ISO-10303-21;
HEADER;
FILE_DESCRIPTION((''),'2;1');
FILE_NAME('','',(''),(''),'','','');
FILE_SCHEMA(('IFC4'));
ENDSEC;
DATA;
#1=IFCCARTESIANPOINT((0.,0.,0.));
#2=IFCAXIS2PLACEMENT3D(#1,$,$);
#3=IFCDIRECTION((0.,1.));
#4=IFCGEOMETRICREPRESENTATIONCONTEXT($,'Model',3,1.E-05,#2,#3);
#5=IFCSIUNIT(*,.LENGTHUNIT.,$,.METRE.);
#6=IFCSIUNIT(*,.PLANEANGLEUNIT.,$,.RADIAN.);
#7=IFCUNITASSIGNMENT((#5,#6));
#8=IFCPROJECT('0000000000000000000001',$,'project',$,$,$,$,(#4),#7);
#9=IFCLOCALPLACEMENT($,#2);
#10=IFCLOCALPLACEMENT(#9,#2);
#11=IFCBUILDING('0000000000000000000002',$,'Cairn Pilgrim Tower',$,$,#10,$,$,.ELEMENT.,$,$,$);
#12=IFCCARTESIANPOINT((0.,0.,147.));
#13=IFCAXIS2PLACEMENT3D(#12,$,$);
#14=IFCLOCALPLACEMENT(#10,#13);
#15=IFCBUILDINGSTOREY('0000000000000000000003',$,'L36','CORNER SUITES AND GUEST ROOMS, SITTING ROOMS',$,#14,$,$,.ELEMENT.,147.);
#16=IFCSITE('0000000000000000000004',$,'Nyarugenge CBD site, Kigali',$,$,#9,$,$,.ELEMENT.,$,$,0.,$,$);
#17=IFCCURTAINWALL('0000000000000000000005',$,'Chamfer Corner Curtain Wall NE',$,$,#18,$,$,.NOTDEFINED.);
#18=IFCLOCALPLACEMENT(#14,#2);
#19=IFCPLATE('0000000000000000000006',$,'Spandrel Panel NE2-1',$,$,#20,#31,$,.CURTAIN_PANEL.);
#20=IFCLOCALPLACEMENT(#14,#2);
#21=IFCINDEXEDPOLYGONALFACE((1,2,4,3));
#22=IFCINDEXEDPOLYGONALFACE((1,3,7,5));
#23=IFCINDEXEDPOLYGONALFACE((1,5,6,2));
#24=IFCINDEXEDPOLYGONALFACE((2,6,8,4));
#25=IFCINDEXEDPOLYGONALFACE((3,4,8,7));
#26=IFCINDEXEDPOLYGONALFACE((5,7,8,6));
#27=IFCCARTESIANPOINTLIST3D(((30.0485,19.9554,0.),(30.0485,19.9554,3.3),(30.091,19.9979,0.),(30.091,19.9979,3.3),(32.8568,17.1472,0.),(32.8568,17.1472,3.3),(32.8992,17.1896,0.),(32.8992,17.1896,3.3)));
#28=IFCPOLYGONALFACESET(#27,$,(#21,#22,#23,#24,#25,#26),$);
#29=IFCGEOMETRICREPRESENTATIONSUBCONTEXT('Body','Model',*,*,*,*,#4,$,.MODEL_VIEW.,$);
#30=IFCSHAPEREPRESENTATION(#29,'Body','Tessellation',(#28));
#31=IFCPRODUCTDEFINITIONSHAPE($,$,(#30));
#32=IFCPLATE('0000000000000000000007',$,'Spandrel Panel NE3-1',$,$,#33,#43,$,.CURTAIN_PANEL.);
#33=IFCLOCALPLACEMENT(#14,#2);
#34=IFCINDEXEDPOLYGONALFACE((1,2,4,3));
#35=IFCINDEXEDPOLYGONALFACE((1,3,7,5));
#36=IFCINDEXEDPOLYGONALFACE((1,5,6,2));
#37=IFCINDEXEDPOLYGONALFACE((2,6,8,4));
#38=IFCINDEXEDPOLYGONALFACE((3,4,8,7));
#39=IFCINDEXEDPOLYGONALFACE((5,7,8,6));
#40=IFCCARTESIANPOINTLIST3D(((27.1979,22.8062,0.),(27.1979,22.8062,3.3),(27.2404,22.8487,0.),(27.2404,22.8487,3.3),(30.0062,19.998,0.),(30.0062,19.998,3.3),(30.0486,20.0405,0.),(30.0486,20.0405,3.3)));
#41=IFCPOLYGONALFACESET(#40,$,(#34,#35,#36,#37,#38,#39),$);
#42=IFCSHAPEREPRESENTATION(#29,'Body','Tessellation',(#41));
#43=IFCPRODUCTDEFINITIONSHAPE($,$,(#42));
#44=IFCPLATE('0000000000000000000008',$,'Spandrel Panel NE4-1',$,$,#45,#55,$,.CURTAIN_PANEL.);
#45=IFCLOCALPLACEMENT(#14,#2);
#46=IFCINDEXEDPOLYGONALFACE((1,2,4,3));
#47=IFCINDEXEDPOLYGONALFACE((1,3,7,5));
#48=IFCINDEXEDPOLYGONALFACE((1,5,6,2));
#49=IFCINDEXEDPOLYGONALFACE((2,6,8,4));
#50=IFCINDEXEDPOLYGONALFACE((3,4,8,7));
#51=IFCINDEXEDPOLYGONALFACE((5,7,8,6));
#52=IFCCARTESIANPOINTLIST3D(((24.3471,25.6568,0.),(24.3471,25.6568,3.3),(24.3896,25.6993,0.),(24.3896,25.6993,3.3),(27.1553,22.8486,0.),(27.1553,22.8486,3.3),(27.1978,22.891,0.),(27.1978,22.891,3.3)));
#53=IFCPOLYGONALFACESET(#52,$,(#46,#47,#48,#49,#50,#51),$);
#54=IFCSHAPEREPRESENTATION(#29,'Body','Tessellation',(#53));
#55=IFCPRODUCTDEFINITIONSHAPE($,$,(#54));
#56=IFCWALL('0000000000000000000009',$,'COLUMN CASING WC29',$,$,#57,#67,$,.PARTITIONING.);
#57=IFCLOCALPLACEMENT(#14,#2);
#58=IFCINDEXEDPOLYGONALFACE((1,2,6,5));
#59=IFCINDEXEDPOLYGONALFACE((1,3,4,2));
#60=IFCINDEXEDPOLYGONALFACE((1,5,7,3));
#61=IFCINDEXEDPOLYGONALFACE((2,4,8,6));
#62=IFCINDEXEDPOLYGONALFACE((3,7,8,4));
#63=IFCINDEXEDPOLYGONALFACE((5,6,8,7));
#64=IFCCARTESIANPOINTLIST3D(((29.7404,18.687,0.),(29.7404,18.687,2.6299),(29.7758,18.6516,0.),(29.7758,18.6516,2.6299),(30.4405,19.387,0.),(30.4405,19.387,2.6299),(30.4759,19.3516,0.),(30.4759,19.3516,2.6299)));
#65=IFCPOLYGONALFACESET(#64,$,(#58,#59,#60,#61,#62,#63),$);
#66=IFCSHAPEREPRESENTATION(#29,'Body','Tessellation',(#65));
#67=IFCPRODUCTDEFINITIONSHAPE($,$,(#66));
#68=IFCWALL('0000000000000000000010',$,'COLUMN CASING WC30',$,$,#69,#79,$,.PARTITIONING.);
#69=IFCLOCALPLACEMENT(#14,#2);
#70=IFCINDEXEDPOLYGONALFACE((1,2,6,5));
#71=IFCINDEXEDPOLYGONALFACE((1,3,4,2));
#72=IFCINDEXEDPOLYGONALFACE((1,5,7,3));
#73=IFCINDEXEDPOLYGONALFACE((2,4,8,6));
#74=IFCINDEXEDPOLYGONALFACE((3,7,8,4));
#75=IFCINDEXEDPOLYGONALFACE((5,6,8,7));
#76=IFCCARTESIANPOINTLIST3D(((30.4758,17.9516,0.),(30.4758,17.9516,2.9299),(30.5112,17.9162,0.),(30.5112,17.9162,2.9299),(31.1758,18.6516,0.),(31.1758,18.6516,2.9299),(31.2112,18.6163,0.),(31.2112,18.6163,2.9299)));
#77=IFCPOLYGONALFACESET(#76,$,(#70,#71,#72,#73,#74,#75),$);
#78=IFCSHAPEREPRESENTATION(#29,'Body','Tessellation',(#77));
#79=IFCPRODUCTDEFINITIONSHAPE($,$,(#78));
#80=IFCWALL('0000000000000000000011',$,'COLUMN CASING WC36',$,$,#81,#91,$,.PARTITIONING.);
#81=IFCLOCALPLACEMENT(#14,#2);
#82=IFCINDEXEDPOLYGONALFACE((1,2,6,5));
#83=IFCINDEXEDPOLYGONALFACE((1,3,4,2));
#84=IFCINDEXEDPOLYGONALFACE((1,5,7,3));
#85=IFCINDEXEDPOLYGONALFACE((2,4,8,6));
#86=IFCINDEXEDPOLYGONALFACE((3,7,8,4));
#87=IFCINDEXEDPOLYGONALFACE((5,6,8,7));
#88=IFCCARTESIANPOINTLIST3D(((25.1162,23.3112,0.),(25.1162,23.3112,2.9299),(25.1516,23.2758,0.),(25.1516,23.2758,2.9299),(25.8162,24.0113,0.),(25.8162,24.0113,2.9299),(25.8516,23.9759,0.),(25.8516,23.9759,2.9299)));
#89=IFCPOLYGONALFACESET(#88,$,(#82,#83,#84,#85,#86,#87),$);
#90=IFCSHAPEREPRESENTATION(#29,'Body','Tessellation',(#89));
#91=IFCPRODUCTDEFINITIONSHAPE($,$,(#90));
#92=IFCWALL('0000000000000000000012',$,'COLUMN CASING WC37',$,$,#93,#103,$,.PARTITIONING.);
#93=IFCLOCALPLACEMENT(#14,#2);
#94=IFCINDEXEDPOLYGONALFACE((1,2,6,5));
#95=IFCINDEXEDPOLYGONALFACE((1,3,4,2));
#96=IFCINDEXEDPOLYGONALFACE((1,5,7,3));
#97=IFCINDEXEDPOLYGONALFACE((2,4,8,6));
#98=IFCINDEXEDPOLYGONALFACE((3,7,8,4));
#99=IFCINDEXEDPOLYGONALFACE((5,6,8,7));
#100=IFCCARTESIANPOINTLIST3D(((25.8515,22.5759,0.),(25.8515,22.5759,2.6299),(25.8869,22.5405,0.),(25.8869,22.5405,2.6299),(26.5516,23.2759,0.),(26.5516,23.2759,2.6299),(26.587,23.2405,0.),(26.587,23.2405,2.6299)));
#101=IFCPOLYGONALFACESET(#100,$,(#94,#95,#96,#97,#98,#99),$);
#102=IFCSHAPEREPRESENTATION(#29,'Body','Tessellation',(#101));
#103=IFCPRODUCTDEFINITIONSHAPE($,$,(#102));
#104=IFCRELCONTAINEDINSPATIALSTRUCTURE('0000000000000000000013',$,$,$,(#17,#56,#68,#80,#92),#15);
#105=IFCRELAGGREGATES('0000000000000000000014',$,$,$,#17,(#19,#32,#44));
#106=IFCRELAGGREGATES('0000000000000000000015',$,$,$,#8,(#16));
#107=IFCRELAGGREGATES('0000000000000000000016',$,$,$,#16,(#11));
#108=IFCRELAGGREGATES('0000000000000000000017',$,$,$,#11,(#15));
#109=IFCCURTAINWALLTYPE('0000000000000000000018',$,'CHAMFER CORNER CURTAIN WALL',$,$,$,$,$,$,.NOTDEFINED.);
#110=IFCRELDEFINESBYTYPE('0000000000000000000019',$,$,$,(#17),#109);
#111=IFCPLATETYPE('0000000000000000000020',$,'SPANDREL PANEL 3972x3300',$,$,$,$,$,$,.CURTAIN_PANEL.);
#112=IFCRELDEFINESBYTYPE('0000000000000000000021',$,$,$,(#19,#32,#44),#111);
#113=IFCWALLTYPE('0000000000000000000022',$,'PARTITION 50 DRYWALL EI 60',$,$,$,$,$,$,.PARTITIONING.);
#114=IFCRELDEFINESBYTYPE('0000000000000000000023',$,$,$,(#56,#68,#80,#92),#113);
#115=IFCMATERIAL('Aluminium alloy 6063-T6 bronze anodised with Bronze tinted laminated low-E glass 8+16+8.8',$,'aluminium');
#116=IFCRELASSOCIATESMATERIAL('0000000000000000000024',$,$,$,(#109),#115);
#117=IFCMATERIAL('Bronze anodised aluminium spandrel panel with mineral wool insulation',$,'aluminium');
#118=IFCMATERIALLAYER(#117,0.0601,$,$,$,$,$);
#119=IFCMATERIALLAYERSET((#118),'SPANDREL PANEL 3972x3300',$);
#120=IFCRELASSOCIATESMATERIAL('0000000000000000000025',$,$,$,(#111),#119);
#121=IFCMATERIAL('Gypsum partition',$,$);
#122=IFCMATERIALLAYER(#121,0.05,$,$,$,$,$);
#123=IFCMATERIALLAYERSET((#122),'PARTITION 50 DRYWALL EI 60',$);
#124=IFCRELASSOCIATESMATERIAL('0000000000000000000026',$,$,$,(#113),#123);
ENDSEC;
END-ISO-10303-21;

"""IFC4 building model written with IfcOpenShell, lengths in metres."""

from ifc_helpers import new_model, si_unit, direction, frame, frame_2d, origin, origin_2d, place, context, subcontext, project, spatial, rectangle, extrude, material, layer, layer_set, type_object, element, aggregate, save


model = new_model("IFC4")

# Units and contexts
model_context = context("Model", 3, precision=1e-05, world=origin(), true_north=direction((0.0, 1.0)))
body_context = subcontext(model_context, "Body", "Model", "MODEL_VIEW")
ifc_project = project(units=[si_unit("LENGTHUNIT", "METRE"), si_unit("PLANEANGLEUNIT", "RADIAN")], contexts=[model_context])

# Site, building, storey
site_placement = place(None, origin())
site = spatial("IfcSite", under=ifc_project, at=site_placement, Name="Nyarugenge CBD site, Kigali", CompositionType="ELEMENT", RefElevation=0.0)
building_placement = place(site_placement, origin())
building = spatial("IfcBuilding", under=site, at=building_placement, Name="Cairn Pilgrim Tower", CompositionType="ELEMENT")
storey_placement = place(building_placement, frame((0.0, 0.0, 147.0)))
storey = spatial("IfcBuildingStorey", under=building, at=storey_placement, Name="L36", Description="CORNER SUITES AND GUEST ROOMS, SITTING ROOMS", CompositionType="ELEMENT", Elevation=147.0)

# Curtain wall
ifc_material_1 = material(Name="Aluminium alloy 6063-T6 bronze anodised with Bronze tinted laminated low-E glass 8+16+8.8", Category="aluminium")
curtain_wall_type_1 = type_object("IfcCurtainWallType", Name="CHAMFER CORNER CURTAIN WALL", PredefinedType="NOTDEFINED", material=ifc_material_1)
curtain_wall_1_placement = place(storey_placement, origin())
curtain_wall_1 = element("IfcCurtainWall", 1, at=curtain_wall_1_placement, inside=storey, type_object=curtain_wall_type_1, Name="Chamfer Corner Curtain Wall NE", PredefinedType="NOTDEFINED")

# Plates
ifc_material_2 = material(Name="Bronze anodised aluminium spandrel panel with mineral wool insulation", Category="aluminium")
ifc_layer_1 = layer(ifc_material_2, 0.0601)
ifc_layer_set_1 = layer_set([ifc_layer_1], Name="SPANDREL PANEL 3972x3300")
plate_type = type_object("IfcPlateType", Name="SPANDREL PANEL 3972x3300", PredefinedType="CURTAIN_PANEL", material=ifc_layer_set_1)
plate_1_placement = place(storey_placement, frame((31.4739, 18.5725, 0.0), z_axis=(0.0, 0.0, 1.0), x_axis=(-0.707107, 0.707107, 0.0)))
plate_1 = element("IfcPlate", 2, at=plate_1_placement, type_object=plate_type, Name="Spandrel Panel NE2-1", PredefinedType="CURTAIN_PANEL", context=body_context, shape_type="SweptSolid", body=[
    extrude(rectangle(XDim=3.9714, YDim=0.0601, at=origin_2d()), origin(), (0.0, 0.0, 1.0), 3.3),
])
plate_2_placement = place(storey_placement, frame((28.6233, 21.4233, 0.0), z_axis=(0.0, 0.0, 1.0), x_axis=(-0.707107, 0.707107, 0.0)))
plate_2 = element("IfcPlate", 3, at=plate_2_placement, type_object=plate_type, Name="Spandrel Panel NE3-1", PredefinedType="CURTAIN_PANEL", context=body_context, shape_type="SweptSolid", body=[
    extrude(rectangle(XDim=3.9714, YDim=0.0601, at=origin_2d()), origin(), (0.0, 0.0, 1.0), 3.3),
])
plate_3_placement = place(storey_placement, frame((25.7725, 24.2739, 0.0), z_axis=(0.0, 0.0, 1.0), x_axis=(-0.707107, 0.707107, 0.0)))
plate_3 = element("IfcPlate", 4, at=plate_3_placement, type_object=plate_type, Name="Spandrel Panel NE4-1", PredefinedType="CURTAIN_PANEL", context=body_context, shape_type="SweptSolid", body=[
    extrude(rectangle(XDim=3.9714, YDim=0.0601, at=origin_2d()), origin(), (0.0, 0.0, 1.0), 3.3),
])
aggregate(curtain_wall_1, [plate_1, plate_2, plate_3])

# Walls
ifc_material_3 = material(Name="Gypsum partition")
ifc_layer_2 = layer(ifc_material_3, 0.05)
ifc_layer_set_2 = layer_set([ifc_layer_2], Name="PARTITION 50 DRYWALL EI 60")
wall_type_1 = type_object("IfcWallType", Name="PARTITION 50 DRYWALL EI 60", PredefinedType="PARTITIONING", material=ifc_layer_set_2)
wall_1_placement = place(storey_placement, frame((29.7581, 18.6692, 0.0), z_axis=(0.0, 0.0, 1.0), x_axis=(0.707107, 0.707107, 0.0)))
element("IfcWall", 5, at=wall_1_placement, inside=storey, type_object=wall_type_1, Name="COLUMN CASING WC29", PredefinedType="PARTITIONING", context=body_context, shape_type="SweptSolid", body=[
    extrude(rectangle(XDim=0.99, YDim=0.05, at=frame_2d((0.4951, 0.0))), origin(), (0.0, 0.0, 1.0), 2.6299),
])
for number, where, z_axis, x_axis, name in (
    (6, (30.4934, 17.9338, 0.0), (0.0, 0.0, 1.0), (0.707107, 0.707107, 0.0), "COLUMN CASING WC30"),
    (7, (25.1338, 23.2935, 0.0), (0.0, 0.0, 1.0), (0.707107, 0.707107, 0.0), "COLUMN CASING WC36"),
):
    element("IfcWall", number, at=place(storey_placement, frame(where, z_axis=z_axis, x_axis=x_axis)), inside=storey, type_object=wall_type_1, Name=name, PredefinedType="PARTITIONING", context=body_context, shape_type="SweptSolid", body=[
        extrude(rectangle(XDim=0.99, YDim=0.05, at=frame_2d((0.4951, 0.0))), origin(), (0.0, 0.0, 1.0), 2.9299),
    ])
wall_2_placement = place(storey_placement, frame((25.8691, 22.5581, 0.0), z_axis=(0.0, 0.0, 1.0), x_axis=(0.707107, 0.707107, 0.0)))
element("IfcWall", 8, at=wall_2_placement, inside=storey, type_object=wall_type_1, Name="COLUMN CASING WC37", PredefinedType="PARTITIONING", context=body_context, shape_type="SweptSolid", body=[
    extrude(rectangle(XDim=0.99, YDim=0.05, at=frame_2d((0.4951, 0.0))), origin(), (0.0, 0.0, 1.0), 2.6299),
])

save(model, "model.ifc")
